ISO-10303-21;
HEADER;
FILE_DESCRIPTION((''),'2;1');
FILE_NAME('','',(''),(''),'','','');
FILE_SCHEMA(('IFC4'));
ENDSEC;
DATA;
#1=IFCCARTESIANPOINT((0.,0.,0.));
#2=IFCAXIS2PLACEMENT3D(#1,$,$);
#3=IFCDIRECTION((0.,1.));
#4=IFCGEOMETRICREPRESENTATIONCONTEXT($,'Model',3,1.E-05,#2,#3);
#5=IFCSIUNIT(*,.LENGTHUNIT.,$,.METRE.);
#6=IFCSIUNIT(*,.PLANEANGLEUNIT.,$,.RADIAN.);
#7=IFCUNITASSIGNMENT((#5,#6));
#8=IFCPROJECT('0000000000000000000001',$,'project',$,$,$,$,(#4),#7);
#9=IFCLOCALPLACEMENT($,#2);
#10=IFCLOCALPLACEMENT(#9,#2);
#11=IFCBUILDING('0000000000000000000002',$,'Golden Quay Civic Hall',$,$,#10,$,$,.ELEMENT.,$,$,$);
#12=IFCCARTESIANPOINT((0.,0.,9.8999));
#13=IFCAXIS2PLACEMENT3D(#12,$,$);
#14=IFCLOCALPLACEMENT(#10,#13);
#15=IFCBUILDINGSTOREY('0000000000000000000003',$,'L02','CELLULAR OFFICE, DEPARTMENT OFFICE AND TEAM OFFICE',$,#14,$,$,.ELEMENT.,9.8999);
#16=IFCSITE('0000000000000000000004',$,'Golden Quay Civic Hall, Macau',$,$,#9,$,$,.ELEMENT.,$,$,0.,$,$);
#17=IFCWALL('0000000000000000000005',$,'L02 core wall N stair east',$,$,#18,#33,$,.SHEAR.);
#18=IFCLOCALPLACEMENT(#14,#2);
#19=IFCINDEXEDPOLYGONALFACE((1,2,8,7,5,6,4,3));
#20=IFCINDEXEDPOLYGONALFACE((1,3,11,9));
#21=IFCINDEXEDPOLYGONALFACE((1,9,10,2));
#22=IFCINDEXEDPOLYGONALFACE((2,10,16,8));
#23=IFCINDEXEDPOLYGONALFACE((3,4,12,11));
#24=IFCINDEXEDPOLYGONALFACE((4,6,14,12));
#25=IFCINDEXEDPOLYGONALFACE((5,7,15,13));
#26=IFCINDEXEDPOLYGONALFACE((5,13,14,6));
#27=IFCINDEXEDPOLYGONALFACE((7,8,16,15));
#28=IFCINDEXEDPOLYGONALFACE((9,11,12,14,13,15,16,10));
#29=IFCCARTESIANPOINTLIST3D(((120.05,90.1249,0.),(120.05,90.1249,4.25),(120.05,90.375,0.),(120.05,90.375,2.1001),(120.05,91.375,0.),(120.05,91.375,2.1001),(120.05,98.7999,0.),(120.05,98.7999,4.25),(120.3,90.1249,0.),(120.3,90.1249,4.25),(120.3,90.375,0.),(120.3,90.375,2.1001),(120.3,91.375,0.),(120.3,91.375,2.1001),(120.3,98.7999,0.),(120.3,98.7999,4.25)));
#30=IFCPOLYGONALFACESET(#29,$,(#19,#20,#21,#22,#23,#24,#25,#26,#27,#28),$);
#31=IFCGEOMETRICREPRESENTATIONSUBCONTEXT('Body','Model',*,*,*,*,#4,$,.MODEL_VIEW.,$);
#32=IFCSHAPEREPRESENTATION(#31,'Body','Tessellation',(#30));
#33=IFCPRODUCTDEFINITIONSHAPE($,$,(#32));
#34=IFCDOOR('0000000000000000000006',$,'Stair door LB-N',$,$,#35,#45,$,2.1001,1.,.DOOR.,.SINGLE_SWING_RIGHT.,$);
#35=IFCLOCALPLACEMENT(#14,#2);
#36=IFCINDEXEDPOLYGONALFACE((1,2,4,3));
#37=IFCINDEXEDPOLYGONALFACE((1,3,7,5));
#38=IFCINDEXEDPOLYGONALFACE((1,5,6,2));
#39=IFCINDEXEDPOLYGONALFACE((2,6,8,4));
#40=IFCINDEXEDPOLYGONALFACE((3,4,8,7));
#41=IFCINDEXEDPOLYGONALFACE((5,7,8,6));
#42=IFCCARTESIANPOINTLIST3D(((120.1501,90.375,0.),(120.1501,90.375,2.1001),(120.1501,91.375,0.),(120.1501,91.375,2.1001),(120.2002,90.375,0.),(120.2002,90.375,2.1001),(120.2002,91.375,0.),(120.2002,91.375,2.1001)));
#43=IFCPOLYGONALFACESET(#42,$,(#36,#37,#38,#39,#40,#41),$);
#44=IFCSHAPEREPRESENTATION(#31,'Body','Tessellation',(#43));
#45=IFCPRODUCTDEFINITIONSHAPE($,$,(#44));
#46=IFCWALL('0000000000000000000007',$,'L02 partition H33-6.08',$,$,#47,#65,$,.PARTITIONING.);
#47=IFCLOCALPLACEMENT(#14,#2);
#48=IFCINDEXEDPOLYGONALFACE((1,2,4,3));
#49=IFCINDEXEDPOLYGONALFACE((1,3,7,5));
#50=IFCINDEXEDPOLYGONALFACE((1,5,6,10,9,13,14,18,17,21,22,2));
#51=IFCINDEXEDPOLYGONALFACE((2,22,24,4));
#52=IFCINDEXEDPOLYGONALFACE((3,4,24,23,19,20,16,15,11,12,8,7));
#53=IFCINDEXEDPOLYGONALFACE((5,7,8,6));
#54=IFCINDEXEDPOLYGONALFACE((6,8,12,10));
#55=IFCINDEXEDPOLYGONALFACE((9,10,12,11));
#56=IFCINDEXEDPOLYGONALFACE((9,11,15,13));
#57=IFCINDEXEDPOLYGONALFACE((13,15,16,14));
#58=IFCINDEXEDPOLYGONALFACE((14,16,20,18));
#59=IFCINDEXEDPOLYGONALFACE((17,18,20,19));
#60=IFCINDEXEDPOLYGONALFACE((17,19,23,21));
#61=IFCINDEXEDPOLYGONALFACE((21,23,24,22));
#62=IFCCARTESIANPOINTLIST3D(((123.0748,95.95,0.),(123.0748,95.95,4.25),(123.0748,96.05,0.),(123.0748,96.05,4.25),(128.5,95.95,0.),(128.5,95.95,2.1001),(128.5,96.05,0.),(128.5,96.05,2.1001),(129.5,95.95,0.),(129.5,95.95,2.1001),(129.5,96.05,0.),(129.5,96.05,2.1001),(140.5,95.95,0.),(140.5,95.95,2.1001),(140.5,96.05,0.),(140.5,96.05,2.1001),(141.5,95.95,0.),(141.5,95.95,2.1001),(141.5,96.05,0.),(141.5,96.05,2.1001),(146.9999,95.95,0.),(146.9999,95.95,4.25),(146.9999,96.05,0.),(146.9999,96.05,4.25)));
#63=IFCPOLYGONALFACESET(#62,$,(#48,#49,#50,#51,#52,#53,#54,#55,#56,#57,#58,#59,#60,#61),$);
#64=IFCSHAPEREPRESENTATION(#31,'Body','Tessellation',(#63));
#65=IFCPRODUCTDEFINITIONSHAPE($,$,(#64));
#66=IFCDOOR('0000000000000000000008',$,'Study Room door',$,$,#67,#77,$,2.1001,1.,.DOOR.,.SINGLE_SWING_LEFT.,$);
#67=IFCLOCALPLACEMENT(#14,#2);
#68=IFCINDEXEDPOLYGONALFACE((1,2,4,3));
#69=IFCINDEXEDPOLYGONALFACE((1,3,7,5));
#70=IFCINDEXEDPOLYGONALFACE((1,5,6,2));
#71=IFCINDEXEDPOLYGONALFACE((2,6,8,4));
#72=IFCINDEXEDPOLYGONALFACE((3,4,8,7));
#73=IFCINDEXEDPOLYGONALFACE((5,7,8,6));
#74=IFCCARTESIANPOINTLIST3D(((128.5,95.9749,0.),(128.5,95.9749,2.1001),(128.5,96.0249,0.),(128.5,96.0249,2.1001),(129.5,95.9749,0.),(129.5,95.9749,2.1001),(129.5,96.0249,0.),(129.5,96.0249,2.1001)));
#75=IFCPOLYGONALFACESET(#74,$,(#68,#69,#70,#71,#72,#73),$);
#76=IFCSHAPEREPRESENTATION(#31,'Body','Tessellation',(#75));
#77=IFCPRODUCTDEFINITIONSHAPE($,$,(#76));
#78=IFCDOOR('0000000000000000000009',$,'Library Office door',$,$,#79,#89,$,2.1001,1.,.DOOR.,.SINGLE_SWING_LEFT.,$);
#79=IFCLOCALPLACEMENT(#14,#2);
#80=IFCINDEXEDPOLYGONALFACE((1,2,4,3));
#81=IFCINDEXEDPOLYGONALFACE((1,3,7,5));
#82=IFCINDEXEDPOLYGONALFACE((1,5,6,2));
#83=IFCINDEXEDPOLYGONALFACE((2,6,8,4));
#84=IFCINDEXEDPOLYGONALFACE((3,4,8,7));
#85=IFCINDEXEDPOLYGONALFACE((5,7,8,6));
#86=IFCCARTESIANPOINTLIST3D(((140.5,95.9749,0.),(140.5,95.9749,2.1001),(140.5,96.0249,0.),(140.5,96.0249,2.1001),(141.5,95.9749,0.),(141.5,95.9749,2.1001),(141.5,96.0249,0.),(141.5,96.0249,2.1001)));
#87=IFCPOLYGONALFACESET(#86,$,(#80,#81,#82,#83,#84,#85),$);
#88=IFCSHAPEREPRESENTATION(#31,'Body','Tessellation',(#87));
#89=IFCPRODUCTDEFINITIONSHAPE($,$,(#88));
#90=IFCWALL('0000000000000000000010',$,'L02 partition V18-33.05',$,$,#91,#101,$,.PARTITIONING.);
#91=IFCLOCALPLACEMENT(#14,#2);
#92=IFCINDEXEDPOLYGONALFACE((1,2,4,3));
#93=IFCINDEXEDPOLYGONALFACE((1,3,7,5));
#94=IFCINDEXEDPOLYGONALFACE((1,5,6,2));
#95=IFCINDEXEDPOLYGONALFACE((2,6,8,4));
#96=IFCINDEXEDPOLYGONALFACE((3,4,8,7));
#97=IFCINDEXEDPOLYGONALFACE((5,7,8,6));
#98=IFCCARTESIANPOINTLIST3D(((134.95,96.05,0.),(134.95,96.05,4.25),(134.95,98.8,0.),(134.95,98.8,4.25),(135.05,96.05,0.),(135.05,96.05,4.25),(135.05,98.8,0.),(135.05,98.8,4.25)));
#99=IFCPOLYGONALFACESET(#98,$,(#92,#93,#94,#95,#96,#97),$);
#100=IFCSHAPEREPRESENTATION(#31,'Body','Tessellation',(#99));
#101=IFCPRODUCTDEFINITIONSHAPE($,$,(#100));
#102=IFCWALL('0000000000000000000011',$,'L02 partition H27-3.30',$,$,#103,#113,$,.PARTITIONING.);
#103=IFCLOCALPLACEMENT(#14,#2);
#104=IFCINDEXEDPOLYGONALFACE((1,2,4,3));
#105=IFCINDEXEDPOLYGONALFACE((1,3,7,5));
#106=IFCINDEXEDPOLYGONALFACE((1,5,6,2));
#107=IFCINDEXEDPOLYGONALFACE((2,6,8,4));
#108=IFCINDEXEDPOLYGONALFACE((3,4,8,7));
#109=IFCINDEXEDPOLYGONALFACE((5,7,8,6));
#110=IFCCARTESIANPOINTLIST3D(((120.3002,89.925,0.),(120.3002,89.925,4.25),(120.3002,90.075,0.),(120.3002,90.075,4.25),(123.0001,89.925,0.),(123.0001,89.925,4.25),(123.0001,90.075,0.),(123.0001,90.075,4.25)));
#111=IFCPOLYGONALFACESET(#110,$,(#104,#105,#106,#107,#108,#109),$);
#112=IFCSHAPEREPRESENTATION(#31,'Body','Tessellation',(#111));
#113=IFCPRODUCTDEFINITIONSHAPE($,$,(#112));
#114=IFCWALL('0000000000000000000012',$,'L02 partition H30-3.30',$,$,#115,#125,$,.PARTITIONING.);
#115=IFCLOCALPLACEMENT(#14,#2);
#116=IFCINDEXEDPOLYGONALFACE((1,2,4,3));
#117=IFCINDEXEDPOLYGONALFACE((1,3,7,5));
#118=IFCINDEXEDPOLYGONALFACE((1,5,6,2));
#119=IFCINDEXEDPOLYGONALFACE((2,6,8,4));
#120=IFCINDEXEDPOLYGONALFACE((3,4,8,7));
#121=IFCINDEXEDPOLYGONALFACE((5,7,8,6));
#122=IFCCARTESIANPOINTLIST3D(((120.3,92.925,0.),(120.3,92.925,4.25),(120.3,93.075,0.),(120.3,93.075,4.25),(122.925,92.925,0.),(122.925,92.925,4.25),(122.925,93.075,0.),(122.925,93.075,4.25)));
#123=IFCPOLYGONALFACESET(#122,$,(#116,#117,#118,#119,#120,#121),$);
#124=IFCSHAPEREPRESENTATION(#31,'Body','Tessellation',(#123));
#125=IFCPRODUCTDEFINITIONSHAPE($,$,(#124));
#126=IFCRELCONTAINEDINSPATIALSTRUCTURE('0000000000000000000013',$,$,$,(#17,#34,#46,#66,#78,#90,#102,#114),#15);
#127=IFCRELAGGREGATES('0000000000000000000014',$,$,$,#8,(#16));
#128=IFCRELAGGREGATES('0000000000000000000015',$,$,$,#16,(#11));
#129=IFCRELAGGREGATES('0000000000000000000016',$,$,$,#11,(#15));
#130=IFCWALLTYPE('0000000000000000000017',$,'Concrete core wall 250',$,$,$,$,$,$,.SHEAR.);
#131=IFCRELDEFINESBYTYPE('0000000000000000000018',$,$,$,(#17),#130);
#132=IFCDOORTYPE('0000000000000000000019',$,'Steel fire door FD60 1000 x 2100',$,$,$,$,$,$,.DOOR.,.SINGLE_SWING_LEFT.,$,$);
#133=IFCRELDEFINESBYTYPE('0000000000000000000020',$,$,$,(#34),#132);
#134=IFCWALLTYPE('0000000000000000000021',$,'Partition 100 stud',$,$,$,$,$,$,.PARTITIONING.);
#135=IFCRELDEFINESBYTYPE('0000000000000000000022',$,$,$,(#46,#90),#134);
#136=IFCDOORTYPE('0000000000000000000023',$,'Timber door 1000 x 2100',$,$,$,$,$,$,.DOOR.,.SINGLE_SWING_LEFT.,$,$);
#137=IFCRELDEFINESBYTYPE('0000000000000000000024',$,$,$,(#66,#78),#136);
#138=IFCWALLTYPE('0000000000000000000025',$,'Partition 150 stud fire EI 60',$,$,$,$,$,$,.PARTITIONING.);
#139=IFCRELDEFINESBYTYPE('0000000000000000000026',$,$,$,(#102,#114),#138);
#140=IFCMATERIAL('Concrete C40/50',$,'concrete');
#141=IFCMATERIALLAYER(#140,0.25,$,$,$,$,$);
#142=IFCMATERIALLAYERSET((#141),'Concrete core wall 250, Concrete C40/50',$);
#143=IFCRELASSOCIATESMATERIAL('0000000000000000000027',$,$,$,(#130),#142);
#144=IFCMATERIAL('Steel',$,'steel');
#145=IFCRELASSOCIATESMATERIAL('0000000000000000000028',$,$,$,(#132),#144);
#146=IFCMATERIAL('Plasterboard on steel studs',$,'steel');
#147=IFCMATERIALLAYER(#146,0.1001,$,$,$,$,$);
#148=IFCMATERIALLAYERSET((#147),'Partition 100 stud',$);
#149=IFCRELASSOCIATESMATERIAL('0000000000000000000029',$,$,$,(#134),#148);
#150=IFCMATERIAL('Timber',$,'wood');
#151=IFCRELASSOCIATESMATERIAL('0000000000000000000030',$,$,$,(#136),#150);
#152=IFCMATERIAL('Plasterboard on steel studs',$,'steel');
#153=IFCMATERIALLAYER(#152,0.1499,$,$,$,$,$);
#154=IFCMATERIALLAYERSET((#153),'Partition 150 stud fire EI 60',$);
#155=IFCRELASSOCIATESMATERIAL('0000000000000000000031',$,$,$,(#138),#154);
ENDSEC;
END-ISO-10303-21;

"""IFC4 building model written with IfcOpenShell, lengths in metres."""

from ifc_helpers import new_model, si_unit, direction, frame, frame_2d, origin, place, context, subcontext, project, spatial, rectangle, extrude, material, layer, layer_set, type_object, element, fill, save


model = new_model("IFC4")

# Units and contexts
model_context = context("Model", 3, precision=1e-05, world=origin(), true_north=direction((0.0, 1.0)))
body_context = subcontext(model_context, "Body", "Model", "MODEL_VIEW")
ifc_project = project(units=[si_unit("LENGTHUNIT", "METRE"), si_unit("PLANEANGLEUNIT", "RADIAN")], contexts=[model_context])

# Site, building, storey
site_placement = place(None, origin())
site = spatial("IfcSite", under=ifc_project, at=site_placement, Name="Golden Quay Civic Hall, Macau", CompositionType="ELEMENT", RefElevation=0.0)
building_placement = place(site_placement, origin())
building = spatial("IfcBuilding", under=site, at=building_placement, Name="Golden Quay Civic Hall", CompositionType="ELEMENT")
storey_placement = place(building_placement, frame((0.0, 0.0, 9.8999)))
storey = spatial("IfcBuildingStorey", under=building, at=storey_placement, Name="L02", Description="CELLULAR OFFICE, DEPARTMENT OFFICE AND TEAM OFFICE", CompositionType="ELEMENT", Elevation=9.8999)

# Wall, opening, door
ifc_material_1 = material(Name="Concrete C40/50", Category="concrete")
ifc_layer_1 = layer(ifc_material_1, 0.25)
ifc_layer_set_1 = layer_set([ifc_layer_1], Name="Concrete core wall 250, Concrete C40/50")
wall_type_1 = type_object("IfcWallType", Name="Concrete core wall 250", PredefinedType="SHEAR", material=ifc_layer_set_1)
wall_1_placement = place(storey_placement, frame((120.175, 90.125, 0.0), z_axis=(0.0, 0.0, 1.0), x_axis=(0.0, 1.0, 0.0)))
wall_1 = element("IfcWall", 1, at=wall_1_placement, inside=storey, type_object=wall_type_1, Name="L02 core wall N stair east", PredefinedType="SHEAR", context=body_context, shape_type="SweptSolid", body=[
    extrude(rectangle(XDim=8.675, YDim=0.25, at=frame_2d((4.3374, 0.0))), origin(), (0.0, 0.0, 1.0), 4.25),
])
opening_1_placement = place(wall_1_placement, frame((0.25, 0.0, 0.0)))
opening_1 = element("IfcOpeningElement", 2, at=opening_1_placement, cuts=wall_1, PredefinedType="OPENING", context=body_context, shape_type="SweptSolid", body=[
    extrude(rectangle(XDim=1.0, YDim=2.1001, at=frame_2d((0.5, 1.05))), frame((0.0, 0.135, 0.0), z_axis=(0.0, -1.0, 0.0), x_axis=(1.0, 0.0, 0.0)), (0.0, 0.0, 1.0), 0.27),
])
ifc_material_2 = material(Name="Steel", Category="steel")
door_type_1 = type_object("IfcDoorType", Name="Steel fire door FD60 1000 x 2100", OperationType="SINGLE_SWING_LEFT", PredefinedType="DOOR", material=ifc_material_2)
door_1_placement = place(opening_1_placement, frame((1.0, 0.0, 0.0), z_axis=(0.0, 0.0, 1.0), x_axis=(-1.0, 0.0, 0.0)))
door_1 = element("IfcDoor", 3, at=door_1_placement, inside=storey, type_object=door_type_1, Name="Stair door LB-N", OperationType="SINGLE_SWING_RIGHT", OverallHeight=2.1001, OverallWidth=1.0, PredefinedType="DOOR", context=body_context, shape_type="SweptSolid", body=[
    extrude(rectangle(XDim=1.0, YDim=2.1001, at=frame_2d((0.5, 1.05))), frame((0.0, 0.0251, 0.0), z_axis=(0.0, -1.0, 0.0), x_axis=(1.0, 0.0, 0.0)), (0.0, 0.0, 1.0), 0.05),
])
fill(opening_1, door_1)

# Wall, openings, doors
ifc_material_3 = material(Name="Plasterboard on steel studs", Category="steel")
ifc_layer_2 = layer(ifc_material_3, 0.1001)
ifc_layer_set_2 = layer_set([ifc_layer_2], Name="Partition 100 stud")
wall_type_2 = type_object("IfcWallType", Name="Partition 100 stud", PredefinedType="PARTITIONING", material=ifc_layer_set_2)
wall_2_placement = place(storey_placement, frame((123.075, 96.0, 0.0), z_axis=(0.0, 0.0, 1.0), x_axis=(1.0, 0.0, 0.0)))
wall_2 = element("IfcWall", 4, at=wall_2_placement, inside=storey, type_object=wall_type_2, Name="L02 partition H33-6.08", PredefinedType="PARTITIONING", context=body_context, shape_type="SweptSolid", body=[
    extrude(rectangle(XDim=23.925, YDim=0.1001, at=frame_2d((11.9624, 0.0))), origin(), (0.0, 0.0, 1.0), 4.25),
])
opening_2_placement = place(wall_2_placement, frame((5.425, 0.0, 0.0)))
opening_2 = element("IfcOpeningElement", 5, at=opening_2_placement, cuts=wall_2, PredefinedType="OPENING", context=body_context, shape_type="SweptSolid", body=[
    extrude(rectangle(XDim=1.0, YDim=2.1001, at=frame_2d((0.5, 1.05))), frame((0.0, 0.0601, 0.0), z_axis=(0.0, -1.0, 0.0), x_axis=(1.0, 0.0, 0.0)), (0.0, 0.0, 1.0), 0.1201),
])
opening_3_placement = place(wall_2_placement, frame((17.425, 0.0, 0.0)))
opening_3 = element("IfcOpeningElement", 6, at=opening_3_placement, cuts=wall_2, PredefinedType="OPENING", context=body_context, shape_type="SweptSolid", body=[
    extrude(rectangle(XDim=1.0, YDim=2.1001, at=frame_2d((0.5, 1.05))), frame((0.0, 0.0601, 0.0), z_axis=(0.0, -1.0, 0.0), x_axis=(1.0, 0.0, 0.0)), (0.0, 0.0, 1.0), 0.1201),
])
ifc_material_4 = material(Name="Timber", Category="wood")
door_type_2 = type_object("IfcDoorType", Name="Timber door 1000 x 2100", OperationType="SINGLE_SWING_LEFT", PredefinedType="DOOR", material=ifc_material_4)
door_2_placement = place(opening_2_placement, origin())
door_2 = element("IfcDoor", 7, at=door_2_placement, inside=storey, type_object=door_type_2, Name="Study Room door", OperationType="SINGLE_SWING_LEFT", OverallHeight=2.1001, OverallWidth=1.0, PredefinedType="DOOR", context=body_context, shape_type="SweptSolid", body=[
    extrude(rectangle(XDim=1.0, YDim=2.1001, at=frame_2d((0.5, 1.05))), frame((0.0, 0.0249, 0.0), z_axis=(0.0, -1.0, 0.0), x_axis=(1.0, 0.0, 0.0)), (0.0, 0.0, 1.0), 0.05),
])
fill(opening_2, door_2)
door_3_placement = place(opening_3_placement, origin())
door_3 = element("IfcDoor", 8, at=door_3_placement, inside=storey, type_object=door_type_2, Name="Library Office door", OperationType="SINGLE_SWING_LEFT", OverallHeight=2.1001, OverallWidth=1.0, PredefinedType="DOOR", context=body_context, shape_type="SweptSolid", body=[
    extrude(rectangle(XDim=1.0, YDim=2.1001, at=frame_2d((0.5, 1.05))), frame((0.0, 0.0249, 0.0), z_axis=(0.0, -1.0, 0.0), x_axis=(1.0, 0.0, 0.0)), (0.0, 0.0, 1.0), 0.05),
])
fill(opening_3, door_3)

# Walls
wall_3_placement = place(storey_placement, frame((135.0, 96.05, 0.0), z_axis=(0.0, 0.0, 1.0), x_axis=(0.0, 1.0, 0.0)))
element("IfcWall", 9, at=wall_3_placement, inside=storey, type_object=wall_type_2, Name="L02 partition V18-33.05", PredefinedType="PARTITIONING", context=body_context, shape_type="SweptSolid", body=[
    extrude(rectangle(XDim=2.75, YDim=0.1001, at=frame_2d((1.375, 0.0))), origin(), (0.0, 0.0, 1.0), 4.25),
])
ifc_material_5 = material(Name="Plasterboard on steel studs", Category="steel")
ifc_layer_3 = layer(ifc_material_5, 0.1499)
ifc_layer_set_3 = layer_set([ifc_layer_3], Name="Partition 150 stud fire EI 60")
wall_type_3 = type_object("IfcWallType", Name="Partition 150 stud fire EI 60", PredefinedType="PARTITIONING", material=ifc_layer_set_3)
wall_4_placement = place(storey_placement, frame((120.3, 90.0, 0.0), z_axis=(0.0, 0.0, 1.0), x_axis=(1.0, 0.0, 0.0)))
element("IfcWall", 10, at=wall_4_placement, inside=storey, type_object=wall_type_3, Name="L02 partition H27-3.30", PredefinedType="PARTITIONING", context=body_context, shape_type="SweptSolid", body=[
    extrude(rectangle(XDim=2.7, YDim=0.1499, at=frame_2d((1.3501, 0.0))), origin(), (0.0, 0.0, 1.0), 4.25),
])
wall_5_placement = place(storey_placement, frame((120.3, 93.0, 0.0), z_axis=(0.0, 0.0, 1.0), x_axis=(1.0, 0.0, 0.0)))
element("IfcWall", 11, at=wall_5_placement, inside=storey, type_object=wall_type_3, Name="L02 partition H30-3.30", PredefinedType="PARTITIONING", context=body_context, shape_type="SweptSolid", body=[
    extrude(rectangle(XDim=2.625, YDim=0.1499, at=frame_2d((1.3125, 0.0))), origin(), (0.0, 0.0, 1.0), 4.25),
])

save(model, "model.ifc")
